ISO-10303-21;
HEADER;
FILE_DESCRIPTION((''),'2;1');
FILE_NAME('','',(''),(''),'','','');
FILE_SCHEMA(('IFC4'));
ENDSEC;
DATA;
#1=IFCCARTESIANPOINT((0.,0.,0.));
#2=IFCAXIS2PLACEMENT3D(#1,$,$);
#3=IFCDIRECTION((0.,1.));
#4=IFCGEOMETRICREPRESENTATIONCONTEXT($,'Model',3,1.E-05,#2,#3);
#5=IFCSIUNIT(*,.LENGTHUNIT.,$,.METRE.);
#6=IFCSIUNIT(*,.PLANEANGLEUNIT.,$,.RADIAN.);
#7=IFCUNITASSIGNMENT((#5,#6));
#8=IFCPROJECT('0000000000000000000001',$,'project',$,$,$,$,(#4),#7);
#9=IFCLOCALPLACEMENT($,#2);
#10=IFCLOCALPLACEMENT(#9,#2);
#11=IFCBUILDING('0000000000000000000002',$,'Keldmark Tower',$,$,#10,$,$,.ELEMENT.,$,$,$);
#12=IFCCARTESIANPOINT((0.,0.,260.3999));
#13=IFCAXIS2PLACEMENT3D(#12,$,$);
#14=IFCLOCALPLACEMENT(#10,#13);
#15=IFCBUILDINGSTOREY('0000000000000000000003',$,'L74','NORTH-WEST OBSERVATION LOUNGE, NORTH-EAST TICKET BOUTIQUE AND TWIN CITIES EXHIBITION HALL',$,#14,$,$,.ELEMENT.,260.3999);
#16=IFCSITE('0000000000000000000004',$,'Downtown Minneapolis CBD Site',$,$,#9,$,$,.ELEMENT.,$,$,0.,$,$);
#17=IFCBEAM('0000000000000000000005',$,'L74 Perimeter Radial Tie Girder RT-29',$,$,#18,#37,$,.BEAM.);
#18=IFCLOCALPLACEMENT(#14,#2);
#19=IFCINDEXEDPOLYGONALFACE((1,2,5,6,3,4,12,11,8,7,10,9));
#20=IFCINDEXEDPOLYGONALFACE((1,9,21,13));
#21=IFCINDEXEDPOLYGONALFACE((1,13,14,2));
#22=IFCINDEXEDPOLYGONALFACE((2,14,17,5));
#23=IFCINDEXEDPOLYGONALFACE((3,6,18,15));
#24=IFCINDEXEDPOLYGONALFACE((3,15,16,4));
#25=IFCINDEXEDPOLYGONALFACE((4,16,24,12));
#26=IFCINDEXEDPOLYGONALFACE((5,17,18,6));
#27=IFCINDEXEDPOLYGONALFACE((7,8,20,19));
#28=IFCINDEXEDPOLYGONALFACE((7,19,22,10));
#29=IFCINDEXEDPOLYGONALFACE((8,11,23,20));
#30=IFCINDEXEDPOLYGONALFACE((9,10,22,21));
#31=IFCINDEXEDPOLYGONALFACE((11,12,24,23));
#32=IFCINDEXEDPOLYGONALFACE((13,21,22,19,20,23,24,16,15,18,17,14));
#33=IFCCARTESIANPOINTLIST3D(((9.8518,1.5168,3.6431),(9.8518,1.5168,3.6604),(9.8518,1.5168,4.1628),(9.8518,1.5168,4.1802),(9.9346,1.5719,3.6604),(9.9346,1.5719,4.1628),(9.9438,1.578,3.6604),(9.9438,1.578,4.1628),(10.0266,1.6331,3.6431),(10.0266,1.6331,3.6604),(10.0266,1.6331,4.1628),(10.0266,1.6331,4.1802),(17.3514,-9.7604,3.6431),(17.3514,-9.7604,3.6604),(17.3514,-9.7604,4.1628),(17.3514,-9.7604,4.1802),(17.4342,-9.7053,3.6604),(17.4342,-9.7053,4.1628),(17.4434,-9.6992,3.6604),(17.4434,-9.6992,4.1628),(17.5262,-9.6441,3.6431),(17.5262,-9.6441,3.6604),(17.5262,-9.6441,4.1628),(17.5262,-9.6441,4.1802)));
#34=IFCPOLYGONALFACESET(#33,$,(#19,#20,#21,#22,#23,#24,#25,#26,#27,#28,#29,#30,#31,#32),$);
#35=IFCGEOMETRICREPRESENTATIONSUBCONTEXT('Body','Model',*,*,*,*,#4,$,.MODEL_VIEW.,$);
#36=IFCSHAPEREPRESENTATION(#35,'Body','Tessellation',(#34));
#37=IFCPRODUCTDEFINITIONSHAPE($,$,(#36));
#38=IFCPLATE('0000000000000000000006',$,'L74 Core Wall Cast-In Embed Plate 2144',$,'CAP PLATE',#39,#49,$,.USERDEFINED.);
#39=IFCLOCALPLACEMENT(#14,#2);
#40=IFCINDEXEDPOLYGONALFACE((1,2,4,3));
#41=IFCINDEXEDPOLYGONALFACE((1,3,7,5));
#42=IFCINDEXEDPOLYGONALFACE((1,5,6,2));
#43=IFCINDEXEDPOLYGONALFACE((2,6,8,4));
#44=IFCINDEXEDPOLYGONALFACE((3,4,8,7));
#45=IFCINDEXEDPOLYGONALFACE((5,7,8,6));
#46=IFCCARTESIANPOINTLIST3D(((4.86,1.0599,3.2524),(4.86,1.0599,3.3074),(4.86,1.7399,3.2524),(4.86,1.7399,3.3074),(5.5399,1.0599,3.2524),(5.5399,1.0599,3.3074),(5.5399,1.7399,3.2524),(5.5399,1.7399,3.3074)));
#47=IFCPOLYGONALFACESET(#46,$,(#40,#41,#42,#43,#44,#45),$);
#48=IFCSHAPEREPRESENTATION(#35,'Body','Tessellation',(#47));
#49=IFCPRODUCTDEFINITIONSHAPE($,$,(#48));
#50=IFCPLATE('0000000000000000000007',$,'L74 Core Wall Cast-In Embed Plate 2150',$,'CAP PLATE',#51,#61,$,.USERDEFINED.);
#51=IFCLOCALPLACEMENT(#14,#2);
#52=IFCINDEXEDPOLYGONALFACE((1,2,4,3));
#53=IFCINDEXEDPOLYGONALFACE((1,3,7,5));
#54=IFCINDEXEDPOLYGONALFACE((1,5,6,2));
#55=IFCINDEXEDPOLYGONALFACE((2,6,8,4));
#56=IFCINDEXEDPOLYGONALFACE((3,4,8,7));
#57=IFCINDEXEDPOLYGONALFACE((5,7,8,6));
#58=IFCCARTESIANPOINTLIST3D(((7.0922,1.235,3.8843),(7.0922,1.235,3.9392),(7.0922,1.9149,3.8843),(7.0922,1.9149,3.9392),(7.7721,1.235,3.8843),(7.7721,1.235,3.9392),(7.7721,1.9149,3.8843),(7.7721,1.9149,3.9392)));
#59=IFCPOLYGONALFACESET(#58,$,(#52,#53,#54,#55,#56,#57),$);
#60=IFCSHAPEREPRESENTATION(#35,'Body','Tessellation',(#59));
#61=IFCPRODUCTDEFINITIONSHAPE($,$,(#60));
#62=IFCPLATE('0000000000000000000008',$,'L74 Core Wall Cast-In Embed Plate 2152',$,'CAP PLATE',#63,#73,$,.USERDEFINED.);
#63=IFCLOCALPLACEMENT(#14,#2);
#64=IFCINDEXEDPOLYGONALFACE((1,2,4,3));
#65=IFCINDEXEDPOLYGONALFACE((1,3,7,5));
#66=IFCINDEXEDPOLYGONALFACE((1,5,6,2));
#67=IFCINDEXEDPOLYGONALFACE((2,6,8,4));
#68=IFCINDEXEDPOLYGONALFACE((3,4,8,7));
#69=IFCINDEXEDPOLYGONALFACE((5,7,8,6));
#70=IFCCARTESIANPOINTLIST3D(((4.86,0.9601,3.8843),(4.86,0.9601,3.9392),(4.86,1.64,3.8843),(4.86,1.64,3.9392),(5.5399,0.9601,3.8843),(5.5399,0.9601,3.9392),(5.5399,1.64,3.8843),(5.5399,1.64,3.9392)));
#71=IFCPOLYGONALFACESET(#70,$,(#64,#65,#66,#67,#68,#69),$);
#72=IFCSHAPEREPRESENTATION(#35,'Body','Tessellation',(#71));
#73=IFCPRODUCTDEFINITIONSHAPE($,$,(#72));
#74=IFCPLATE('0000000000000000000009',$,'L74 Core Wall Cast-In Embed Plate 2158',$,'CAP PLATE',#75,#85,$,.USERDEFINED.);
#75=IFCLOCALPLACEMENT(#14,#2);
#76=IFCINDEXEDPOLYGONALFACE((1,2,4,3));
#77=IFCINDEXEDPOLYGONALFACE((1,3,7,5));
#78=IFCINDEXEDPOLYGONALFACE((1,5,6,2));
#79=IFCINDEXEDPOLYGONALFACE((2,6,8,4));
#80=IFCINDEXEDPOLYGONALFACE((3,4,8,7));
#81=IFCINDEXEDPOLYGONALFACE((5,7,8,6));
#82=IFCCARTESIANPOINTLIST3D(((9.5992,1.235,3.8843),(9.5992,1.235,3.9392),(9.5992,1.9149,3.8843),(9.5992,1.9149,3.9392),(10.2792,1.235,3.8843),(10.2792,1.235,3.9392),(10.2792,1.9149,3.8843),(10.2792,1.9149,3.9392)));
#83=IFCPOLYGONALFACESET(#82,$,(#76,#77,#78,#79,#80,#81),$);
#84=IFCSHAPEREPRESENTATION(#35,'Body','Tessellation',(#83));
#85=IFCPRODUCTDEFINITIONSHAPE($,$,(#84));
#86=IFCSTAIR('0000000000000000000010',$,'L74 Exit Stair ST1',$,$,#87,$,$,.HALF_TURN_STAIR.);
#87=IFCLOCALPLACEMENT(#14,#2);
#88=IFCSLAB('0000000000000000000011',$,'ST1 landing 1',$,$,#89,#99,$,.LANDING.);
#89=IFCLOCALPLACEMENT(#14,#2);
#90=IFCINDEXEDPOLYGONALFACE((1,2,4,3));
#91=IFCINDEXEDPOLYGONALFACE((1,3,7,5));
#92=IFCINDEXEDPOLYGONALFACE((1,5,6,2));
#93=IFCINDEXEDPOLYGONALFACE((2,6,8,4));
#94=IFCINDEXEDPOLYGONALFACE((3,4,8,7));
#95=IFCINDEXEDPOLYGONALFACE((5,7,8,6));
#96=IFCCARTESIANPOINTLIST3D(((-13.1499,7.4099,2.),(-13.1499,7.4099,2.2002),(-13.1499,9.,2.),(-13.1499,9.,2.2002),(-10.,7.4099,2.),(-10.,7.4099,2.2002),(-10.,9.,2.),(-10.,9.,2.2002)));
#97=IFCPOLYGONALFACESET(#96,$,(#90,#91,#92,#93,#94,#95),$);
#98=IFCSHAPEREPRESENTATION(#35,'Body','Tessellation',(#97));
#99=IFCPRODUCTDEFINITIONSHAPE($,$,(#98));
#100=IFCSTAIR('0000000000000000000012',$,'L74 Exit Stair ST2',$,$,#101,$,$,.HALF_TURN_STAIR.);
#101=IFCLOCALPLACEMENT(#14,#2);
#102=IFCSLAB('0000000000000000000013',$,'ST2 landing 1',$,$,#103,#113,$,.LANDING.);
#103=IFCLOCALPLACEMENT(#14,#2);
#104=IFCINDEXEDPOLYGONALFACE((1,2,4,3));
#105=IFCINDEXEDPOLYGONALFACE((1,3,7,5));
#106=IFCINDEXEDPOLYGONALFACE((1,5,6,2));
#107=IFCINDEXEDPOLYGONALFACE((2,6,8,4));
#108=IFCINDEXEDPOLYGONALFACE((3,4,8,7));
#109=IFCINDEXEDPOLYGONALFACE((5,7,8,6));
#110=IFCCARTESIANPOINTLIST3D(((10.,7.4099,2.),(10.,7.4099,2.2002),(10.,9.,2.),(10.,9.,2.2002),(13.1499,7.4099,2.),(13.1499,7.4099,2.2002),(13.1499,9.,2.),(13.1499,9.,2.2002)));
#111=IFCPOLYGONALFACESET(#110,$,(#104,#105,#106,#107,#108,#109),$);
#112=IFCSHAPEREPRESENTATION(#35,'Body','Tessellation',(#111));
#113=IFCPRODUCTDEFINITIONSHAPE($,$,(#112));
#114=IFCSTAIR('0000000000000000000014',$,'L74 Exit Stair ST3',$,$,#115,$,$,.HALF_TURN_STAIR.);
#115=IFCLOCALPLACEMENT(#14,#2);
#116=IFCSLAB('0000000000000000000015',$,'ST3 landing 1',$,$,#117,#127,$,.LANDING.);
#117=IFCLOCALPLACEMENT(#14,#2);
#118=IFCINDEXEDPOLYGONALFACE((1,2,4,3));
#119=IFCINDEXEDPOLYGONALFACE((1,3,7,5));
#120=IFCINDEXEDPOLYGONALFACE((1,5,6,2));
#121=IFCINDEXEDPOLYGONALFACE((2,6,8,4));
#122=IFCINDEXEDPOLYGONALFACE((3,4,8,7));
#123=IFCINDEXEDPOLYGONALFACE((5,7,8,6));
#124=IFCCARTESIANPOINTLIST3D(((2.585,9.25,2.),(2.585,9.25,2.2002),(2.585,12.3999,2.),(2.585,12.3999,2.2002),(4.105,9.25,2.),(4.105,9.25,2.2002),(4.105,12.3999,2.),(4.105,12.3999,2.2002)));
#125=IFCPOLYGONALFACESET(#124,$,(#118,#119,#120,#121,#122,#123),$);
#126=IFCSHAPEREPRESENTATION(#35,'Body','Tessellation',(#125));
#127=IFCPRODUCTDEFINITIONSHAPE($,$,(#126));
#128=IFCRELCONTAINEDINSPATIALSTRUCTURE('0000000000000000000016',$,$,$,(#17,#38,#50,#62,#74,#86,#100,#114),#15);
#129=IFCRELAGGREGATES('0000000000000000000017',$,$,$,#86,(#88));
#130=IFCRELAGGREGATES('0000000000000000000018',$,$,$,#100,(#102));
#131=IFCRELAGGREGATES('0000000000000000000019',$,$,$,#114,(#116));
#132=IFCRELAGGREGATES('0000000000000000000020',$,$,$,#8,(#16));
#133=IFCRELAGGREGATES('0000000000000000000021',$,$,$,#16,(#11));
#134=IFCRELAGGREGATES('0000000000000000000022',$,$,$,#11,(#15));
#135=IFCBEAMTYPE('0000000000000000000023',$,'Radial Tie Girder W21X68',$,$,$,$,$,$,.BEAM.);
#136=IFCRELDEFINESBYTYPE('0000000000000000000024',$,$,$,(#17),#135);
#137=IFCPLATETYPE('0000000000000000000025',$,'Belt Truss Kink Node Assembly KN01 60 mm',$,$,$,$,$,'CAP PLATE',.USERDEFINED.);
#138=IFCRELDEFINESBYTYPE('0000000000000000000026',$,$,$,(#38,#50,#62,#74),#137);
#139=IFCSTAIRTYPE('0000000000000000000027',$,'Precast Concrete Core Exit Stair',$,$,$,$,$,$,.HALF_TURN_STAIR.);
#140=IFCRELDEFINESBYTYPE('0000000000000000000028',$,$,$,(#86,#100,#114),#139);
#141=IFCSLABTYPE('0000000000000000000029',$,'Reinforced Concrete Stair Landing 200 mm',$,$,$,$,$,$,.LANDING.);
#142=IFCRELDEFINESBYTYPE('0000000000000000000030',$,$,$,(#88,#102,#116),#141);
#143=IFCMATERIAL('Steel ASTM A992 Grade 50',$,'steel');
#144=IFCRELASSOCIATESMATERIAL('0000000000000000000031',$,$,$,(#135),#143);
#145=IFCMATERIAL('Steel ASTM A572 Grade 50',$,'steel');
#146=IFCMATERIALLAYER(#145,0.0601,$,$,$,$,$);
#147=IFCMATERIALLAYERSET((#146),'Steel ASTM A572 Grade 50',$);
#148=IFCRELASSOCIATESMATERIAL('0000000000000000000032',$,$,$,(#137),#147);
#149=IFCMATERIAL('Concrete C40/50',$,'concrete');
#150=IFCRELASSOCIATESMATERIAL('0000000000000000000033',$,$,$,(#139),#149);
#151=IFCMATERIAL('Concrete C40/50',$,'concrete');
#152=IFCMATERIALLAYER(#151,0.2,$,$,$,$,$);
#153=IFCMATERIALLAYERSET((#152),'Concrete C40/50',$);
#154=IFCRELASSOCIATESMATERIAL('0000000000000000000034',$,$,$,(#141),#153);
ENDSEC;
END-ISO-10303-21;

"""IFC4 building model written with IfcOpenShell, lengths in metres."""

from ifc_helpers import new_model, si_unit, direction, frame, origin, origin_2d, place, context, subcontext, project, spatial, polyline, rectangle, i_section, outline, extrude, material, layer, layer_set, material_profile, profile_set, type_object, element, aggregate, save


model = new_model("IFC4")

# Units and contexts
model_context = context("Model", 3, precision=1e-05, world=origin(), true_north=direction((0.0, 1.0)))
body_context = subcontext(model_context, "Body", "Model", "MODEL_VIEW")
ifc_project = project(units=[si_unit("LENGTHUNIT", "METRE"), si_unit("PLANEANGLEUNIT", "RADIAN")], contexts=[model_context])

# Site, building, storey
site_placement = place(None, origin())
site = spatial("IfcSite", under=ifc_project, at=site_placement, Name="Downtown Minneapolis CBD Site", CompositionType="ELEMENT", RefElevation=0.0)
building_placement = place(site_placement, origin())
building = spatial("IfcBuilding", under=site, at=building_placement, Name="Keldmark Tower", CompositionType="ELEMENT")
storey_placement = place(building_placement, frame((0.0, 0.0, 260.3999)))
storey = spatial("IfcBuildingStorey", under=building, at=storey_placement, Name="L74", Description="NORTH-WEST OBSERVATION LOUNGE, NORTH-EAST TICKET BOUTIQUE AND TWIN CITIES EXHIBITION HALL", CompositionType="ELEMENT", Elevation=260.3999)

# Beam
ifc_material_1 = material(Name="Steel ASTM A992 Grade 50", Category="steel")
ifc_material_profile_1 = material_profile(ifc_material_1, i_section(OverallWidth=0.21, OverallDepth=0.5371, WebThickness=0.011, FlangeThickness=0.0173, at=origin_2d()), Name="W21X68")
ifc_profile_set_1 = profile_set([ifc_material_profile_1], Name="Steel ASTM A992 Grade 50")
beam_type_1 = type_object("IfcBeamType", Name="Radial Tie Girder W21X68", PredefinedType="BEAM", material=ifc_profile_set_1)
beam_1_placement = place(storey_placement, frame((9.9392, 1.575, 3.9116), z_axis=(0.553751, -0.832682, 0.0), x_axis=(0.832682, 0.553751, 0.0)))
element("IfcBeam", 1, at=beam_1_placement, inside=storey, type_object=beam_type_1, Name="L74 Perimeter Radial Tie Girder RT-29", PredefinedType="BEAM", context=body_context, shape_type="SweptSolid", body=[
    extrude(i_section(OverallWidth=0.21, OverallDepth=0.5371, WebThickness=0.011, FlangeThickness=0.0173, at=origin_2d()), origin(), (0.0, 0.0, 1.0), 13.5432),
])

# Plates
ifc_material_2 = material(Name="Steel ASTM A572 Grade 50", Category="steel")
ifc_layer_1 = layer(ifc_material_2, 0.0601)
ifc_layer_set_1 = layer_set([ifc_layer_1], Name="Steel ASTM A572 Grade 50")
plate_type = type_object("IfcPlateType", Name="Belt Truss Kink Node Assembly KN01 60 mm", ElementType="CAP PLATE", PredefinedType="USERDEFINED", material=ifc_layer_set_1)
for number, where, z_axis, x_axis, name in (
    (2, (5.2, 1.3999, 3.2524), (0.0, 0.0, 1.0), (1.0, 0.0, 0.0), "L74 Core Wall Cast-In Embed Plate 2144"),
    (3, (7.4321, 1.575, 3.8843), (0.0, 0.0, 1.0), (1.0, 0.0, 0.0), "L74 Core Wall Cast-In Embed Plate 2150"),
    (4, (5.2, 1.3, 3.8843), (0.0, 0.0, 1.0), (1.0, 0.0, 0.0), "L74 Core Wall Cast-In Embed Plate 2152"),
    (5, (9.9392, 1.575, 3.8843), (0.0, 0.0, 1.0), (1.0, 0.0, 0.0), "L74 Core Wall Cast-In Embed Plate 2158"),
):
    element("IfcPlate", number, at=place(storey_placement, frame(where, z_axis=z_axis, x_axis=x_axis)), inside=storey, type_object=plate_type, Name=name, ObjectType="CAP PLATE", PredefinedType="USERDEFINED", context=body_context, shape_type="SweptSolid", body=[
        extrude(rectangle(XDim=0.6799, YDim=0.6799, at=origin_2d()), origin(), (0.0, 0.0, 1.0), 0.0549),
    ])

# Stairs, slabs
ifc_material_3 = material(Name="Concrete C40/50", Category="concrete")
stair_type = type_object("IfcStairType", Name="Precast Concrete Core Exit Stair", PredefinedType="HALF_TURN_STAIR", material=ifc_material_3)
stair_1_placement = place(storey_placement, origin())
stair_1 = element("IfcStair", 6, at=stair_1_placement, inside=storey, type_object=stair_type, Name="L74 Exit Stair ST1", PredefinedType="HALF_TURN_STAIR")
ifc_material_4 = material(Name="Concrete C40/50", Category="concrete")
ifc_layer_2 = layer(ifc_material_4, 0.2)
ifc_layer_set_2 = layer_set([ifc_layer_2], Name="Concrete C40/50")
slab_type_1 = type_object("IfcSlabType", Name="Reinforced Concrete Stair Landing 200 mm", PredefinedType="LANDING", material=ifc_layer_set_2)
slab_1_placement = place(storey_placement, frame((0.0, 0.0, 2.0)))
slab_1 = element("IfcSlab", 7, at=slab_1_placement, type_object=slab_type_1, Name="ST1 landing 1", PredefinedType="LANDING", context=body_context, shape_type="SweptSolid", body=[
    extrude(outline(polyline([(-10.0, 7.4099), (-10.0, 9.0), (-13.1499, 9.0), (-13.1499, 7.4099), (-10.0, 7.4099)])), origin(), (0.0, 0.0, 1.0), 0.2002),
])
aggregate(stair_1, [slab_1])
stair_2_placement = place(storey_placement, origin())
stair_2 = element("IfcStair", 8, at=stair_2_placement, inside=storey, type_object=stair_type, Name="L74 Exit Stair ST2", PredefinedType="HALF_TURN_STAIR")
slab_2_placement = place(storey_placement, frame((0.0, 0.0, 2.0)))
slab_2 = element("IfcSlab", 9, at=slab_2_placement, type_object=slab_type_1, Name="ST2 landing 1", PredefinedType="LANDING", context=body_context, shape_type="SweptSolid", body=[
    extrude(outline(polyline([(13.1499, 7.4099), (13.1499, 9.0), (10.0, 9.0), (10.0, 7.4099), (13.1499, 7.4099)])), origin(), (0.0, 0.0, 1.0), 0.2002),
])
aggregate(stair_2, [slab_2])
stair_3_placement = place(storey_placement, origin())
stair_3 = element("IfcStair", 10, at=stair_3_placement, inside=storey, type_object=stair_type, Name="L74 Exit Stair ST3", PredefinedType="HALF_TURN_STAIR")
slab_3_placement = place(storey_placement, frame((0.0, 0.0, 2.0)))
slab_3 = element("IfcSlab", 11, at=slab_3_placement, type_object=slab_type_1, Name="ST3 landing 1", PredefinedType="LANDING", context=body_context, shape_type="SweptSolid", body=[
    extrude(outline(polyline([(2.585, 9.25), (4.105, 9.25), (4.105, 12.3999), (2.585, 12.3999), (2.585, 9.25)])), origin(), (0.0, 0.0, 1.0), 0.2002),
])
aggregate(stair_3, [slab_3])

save(model, "model.ifc")
